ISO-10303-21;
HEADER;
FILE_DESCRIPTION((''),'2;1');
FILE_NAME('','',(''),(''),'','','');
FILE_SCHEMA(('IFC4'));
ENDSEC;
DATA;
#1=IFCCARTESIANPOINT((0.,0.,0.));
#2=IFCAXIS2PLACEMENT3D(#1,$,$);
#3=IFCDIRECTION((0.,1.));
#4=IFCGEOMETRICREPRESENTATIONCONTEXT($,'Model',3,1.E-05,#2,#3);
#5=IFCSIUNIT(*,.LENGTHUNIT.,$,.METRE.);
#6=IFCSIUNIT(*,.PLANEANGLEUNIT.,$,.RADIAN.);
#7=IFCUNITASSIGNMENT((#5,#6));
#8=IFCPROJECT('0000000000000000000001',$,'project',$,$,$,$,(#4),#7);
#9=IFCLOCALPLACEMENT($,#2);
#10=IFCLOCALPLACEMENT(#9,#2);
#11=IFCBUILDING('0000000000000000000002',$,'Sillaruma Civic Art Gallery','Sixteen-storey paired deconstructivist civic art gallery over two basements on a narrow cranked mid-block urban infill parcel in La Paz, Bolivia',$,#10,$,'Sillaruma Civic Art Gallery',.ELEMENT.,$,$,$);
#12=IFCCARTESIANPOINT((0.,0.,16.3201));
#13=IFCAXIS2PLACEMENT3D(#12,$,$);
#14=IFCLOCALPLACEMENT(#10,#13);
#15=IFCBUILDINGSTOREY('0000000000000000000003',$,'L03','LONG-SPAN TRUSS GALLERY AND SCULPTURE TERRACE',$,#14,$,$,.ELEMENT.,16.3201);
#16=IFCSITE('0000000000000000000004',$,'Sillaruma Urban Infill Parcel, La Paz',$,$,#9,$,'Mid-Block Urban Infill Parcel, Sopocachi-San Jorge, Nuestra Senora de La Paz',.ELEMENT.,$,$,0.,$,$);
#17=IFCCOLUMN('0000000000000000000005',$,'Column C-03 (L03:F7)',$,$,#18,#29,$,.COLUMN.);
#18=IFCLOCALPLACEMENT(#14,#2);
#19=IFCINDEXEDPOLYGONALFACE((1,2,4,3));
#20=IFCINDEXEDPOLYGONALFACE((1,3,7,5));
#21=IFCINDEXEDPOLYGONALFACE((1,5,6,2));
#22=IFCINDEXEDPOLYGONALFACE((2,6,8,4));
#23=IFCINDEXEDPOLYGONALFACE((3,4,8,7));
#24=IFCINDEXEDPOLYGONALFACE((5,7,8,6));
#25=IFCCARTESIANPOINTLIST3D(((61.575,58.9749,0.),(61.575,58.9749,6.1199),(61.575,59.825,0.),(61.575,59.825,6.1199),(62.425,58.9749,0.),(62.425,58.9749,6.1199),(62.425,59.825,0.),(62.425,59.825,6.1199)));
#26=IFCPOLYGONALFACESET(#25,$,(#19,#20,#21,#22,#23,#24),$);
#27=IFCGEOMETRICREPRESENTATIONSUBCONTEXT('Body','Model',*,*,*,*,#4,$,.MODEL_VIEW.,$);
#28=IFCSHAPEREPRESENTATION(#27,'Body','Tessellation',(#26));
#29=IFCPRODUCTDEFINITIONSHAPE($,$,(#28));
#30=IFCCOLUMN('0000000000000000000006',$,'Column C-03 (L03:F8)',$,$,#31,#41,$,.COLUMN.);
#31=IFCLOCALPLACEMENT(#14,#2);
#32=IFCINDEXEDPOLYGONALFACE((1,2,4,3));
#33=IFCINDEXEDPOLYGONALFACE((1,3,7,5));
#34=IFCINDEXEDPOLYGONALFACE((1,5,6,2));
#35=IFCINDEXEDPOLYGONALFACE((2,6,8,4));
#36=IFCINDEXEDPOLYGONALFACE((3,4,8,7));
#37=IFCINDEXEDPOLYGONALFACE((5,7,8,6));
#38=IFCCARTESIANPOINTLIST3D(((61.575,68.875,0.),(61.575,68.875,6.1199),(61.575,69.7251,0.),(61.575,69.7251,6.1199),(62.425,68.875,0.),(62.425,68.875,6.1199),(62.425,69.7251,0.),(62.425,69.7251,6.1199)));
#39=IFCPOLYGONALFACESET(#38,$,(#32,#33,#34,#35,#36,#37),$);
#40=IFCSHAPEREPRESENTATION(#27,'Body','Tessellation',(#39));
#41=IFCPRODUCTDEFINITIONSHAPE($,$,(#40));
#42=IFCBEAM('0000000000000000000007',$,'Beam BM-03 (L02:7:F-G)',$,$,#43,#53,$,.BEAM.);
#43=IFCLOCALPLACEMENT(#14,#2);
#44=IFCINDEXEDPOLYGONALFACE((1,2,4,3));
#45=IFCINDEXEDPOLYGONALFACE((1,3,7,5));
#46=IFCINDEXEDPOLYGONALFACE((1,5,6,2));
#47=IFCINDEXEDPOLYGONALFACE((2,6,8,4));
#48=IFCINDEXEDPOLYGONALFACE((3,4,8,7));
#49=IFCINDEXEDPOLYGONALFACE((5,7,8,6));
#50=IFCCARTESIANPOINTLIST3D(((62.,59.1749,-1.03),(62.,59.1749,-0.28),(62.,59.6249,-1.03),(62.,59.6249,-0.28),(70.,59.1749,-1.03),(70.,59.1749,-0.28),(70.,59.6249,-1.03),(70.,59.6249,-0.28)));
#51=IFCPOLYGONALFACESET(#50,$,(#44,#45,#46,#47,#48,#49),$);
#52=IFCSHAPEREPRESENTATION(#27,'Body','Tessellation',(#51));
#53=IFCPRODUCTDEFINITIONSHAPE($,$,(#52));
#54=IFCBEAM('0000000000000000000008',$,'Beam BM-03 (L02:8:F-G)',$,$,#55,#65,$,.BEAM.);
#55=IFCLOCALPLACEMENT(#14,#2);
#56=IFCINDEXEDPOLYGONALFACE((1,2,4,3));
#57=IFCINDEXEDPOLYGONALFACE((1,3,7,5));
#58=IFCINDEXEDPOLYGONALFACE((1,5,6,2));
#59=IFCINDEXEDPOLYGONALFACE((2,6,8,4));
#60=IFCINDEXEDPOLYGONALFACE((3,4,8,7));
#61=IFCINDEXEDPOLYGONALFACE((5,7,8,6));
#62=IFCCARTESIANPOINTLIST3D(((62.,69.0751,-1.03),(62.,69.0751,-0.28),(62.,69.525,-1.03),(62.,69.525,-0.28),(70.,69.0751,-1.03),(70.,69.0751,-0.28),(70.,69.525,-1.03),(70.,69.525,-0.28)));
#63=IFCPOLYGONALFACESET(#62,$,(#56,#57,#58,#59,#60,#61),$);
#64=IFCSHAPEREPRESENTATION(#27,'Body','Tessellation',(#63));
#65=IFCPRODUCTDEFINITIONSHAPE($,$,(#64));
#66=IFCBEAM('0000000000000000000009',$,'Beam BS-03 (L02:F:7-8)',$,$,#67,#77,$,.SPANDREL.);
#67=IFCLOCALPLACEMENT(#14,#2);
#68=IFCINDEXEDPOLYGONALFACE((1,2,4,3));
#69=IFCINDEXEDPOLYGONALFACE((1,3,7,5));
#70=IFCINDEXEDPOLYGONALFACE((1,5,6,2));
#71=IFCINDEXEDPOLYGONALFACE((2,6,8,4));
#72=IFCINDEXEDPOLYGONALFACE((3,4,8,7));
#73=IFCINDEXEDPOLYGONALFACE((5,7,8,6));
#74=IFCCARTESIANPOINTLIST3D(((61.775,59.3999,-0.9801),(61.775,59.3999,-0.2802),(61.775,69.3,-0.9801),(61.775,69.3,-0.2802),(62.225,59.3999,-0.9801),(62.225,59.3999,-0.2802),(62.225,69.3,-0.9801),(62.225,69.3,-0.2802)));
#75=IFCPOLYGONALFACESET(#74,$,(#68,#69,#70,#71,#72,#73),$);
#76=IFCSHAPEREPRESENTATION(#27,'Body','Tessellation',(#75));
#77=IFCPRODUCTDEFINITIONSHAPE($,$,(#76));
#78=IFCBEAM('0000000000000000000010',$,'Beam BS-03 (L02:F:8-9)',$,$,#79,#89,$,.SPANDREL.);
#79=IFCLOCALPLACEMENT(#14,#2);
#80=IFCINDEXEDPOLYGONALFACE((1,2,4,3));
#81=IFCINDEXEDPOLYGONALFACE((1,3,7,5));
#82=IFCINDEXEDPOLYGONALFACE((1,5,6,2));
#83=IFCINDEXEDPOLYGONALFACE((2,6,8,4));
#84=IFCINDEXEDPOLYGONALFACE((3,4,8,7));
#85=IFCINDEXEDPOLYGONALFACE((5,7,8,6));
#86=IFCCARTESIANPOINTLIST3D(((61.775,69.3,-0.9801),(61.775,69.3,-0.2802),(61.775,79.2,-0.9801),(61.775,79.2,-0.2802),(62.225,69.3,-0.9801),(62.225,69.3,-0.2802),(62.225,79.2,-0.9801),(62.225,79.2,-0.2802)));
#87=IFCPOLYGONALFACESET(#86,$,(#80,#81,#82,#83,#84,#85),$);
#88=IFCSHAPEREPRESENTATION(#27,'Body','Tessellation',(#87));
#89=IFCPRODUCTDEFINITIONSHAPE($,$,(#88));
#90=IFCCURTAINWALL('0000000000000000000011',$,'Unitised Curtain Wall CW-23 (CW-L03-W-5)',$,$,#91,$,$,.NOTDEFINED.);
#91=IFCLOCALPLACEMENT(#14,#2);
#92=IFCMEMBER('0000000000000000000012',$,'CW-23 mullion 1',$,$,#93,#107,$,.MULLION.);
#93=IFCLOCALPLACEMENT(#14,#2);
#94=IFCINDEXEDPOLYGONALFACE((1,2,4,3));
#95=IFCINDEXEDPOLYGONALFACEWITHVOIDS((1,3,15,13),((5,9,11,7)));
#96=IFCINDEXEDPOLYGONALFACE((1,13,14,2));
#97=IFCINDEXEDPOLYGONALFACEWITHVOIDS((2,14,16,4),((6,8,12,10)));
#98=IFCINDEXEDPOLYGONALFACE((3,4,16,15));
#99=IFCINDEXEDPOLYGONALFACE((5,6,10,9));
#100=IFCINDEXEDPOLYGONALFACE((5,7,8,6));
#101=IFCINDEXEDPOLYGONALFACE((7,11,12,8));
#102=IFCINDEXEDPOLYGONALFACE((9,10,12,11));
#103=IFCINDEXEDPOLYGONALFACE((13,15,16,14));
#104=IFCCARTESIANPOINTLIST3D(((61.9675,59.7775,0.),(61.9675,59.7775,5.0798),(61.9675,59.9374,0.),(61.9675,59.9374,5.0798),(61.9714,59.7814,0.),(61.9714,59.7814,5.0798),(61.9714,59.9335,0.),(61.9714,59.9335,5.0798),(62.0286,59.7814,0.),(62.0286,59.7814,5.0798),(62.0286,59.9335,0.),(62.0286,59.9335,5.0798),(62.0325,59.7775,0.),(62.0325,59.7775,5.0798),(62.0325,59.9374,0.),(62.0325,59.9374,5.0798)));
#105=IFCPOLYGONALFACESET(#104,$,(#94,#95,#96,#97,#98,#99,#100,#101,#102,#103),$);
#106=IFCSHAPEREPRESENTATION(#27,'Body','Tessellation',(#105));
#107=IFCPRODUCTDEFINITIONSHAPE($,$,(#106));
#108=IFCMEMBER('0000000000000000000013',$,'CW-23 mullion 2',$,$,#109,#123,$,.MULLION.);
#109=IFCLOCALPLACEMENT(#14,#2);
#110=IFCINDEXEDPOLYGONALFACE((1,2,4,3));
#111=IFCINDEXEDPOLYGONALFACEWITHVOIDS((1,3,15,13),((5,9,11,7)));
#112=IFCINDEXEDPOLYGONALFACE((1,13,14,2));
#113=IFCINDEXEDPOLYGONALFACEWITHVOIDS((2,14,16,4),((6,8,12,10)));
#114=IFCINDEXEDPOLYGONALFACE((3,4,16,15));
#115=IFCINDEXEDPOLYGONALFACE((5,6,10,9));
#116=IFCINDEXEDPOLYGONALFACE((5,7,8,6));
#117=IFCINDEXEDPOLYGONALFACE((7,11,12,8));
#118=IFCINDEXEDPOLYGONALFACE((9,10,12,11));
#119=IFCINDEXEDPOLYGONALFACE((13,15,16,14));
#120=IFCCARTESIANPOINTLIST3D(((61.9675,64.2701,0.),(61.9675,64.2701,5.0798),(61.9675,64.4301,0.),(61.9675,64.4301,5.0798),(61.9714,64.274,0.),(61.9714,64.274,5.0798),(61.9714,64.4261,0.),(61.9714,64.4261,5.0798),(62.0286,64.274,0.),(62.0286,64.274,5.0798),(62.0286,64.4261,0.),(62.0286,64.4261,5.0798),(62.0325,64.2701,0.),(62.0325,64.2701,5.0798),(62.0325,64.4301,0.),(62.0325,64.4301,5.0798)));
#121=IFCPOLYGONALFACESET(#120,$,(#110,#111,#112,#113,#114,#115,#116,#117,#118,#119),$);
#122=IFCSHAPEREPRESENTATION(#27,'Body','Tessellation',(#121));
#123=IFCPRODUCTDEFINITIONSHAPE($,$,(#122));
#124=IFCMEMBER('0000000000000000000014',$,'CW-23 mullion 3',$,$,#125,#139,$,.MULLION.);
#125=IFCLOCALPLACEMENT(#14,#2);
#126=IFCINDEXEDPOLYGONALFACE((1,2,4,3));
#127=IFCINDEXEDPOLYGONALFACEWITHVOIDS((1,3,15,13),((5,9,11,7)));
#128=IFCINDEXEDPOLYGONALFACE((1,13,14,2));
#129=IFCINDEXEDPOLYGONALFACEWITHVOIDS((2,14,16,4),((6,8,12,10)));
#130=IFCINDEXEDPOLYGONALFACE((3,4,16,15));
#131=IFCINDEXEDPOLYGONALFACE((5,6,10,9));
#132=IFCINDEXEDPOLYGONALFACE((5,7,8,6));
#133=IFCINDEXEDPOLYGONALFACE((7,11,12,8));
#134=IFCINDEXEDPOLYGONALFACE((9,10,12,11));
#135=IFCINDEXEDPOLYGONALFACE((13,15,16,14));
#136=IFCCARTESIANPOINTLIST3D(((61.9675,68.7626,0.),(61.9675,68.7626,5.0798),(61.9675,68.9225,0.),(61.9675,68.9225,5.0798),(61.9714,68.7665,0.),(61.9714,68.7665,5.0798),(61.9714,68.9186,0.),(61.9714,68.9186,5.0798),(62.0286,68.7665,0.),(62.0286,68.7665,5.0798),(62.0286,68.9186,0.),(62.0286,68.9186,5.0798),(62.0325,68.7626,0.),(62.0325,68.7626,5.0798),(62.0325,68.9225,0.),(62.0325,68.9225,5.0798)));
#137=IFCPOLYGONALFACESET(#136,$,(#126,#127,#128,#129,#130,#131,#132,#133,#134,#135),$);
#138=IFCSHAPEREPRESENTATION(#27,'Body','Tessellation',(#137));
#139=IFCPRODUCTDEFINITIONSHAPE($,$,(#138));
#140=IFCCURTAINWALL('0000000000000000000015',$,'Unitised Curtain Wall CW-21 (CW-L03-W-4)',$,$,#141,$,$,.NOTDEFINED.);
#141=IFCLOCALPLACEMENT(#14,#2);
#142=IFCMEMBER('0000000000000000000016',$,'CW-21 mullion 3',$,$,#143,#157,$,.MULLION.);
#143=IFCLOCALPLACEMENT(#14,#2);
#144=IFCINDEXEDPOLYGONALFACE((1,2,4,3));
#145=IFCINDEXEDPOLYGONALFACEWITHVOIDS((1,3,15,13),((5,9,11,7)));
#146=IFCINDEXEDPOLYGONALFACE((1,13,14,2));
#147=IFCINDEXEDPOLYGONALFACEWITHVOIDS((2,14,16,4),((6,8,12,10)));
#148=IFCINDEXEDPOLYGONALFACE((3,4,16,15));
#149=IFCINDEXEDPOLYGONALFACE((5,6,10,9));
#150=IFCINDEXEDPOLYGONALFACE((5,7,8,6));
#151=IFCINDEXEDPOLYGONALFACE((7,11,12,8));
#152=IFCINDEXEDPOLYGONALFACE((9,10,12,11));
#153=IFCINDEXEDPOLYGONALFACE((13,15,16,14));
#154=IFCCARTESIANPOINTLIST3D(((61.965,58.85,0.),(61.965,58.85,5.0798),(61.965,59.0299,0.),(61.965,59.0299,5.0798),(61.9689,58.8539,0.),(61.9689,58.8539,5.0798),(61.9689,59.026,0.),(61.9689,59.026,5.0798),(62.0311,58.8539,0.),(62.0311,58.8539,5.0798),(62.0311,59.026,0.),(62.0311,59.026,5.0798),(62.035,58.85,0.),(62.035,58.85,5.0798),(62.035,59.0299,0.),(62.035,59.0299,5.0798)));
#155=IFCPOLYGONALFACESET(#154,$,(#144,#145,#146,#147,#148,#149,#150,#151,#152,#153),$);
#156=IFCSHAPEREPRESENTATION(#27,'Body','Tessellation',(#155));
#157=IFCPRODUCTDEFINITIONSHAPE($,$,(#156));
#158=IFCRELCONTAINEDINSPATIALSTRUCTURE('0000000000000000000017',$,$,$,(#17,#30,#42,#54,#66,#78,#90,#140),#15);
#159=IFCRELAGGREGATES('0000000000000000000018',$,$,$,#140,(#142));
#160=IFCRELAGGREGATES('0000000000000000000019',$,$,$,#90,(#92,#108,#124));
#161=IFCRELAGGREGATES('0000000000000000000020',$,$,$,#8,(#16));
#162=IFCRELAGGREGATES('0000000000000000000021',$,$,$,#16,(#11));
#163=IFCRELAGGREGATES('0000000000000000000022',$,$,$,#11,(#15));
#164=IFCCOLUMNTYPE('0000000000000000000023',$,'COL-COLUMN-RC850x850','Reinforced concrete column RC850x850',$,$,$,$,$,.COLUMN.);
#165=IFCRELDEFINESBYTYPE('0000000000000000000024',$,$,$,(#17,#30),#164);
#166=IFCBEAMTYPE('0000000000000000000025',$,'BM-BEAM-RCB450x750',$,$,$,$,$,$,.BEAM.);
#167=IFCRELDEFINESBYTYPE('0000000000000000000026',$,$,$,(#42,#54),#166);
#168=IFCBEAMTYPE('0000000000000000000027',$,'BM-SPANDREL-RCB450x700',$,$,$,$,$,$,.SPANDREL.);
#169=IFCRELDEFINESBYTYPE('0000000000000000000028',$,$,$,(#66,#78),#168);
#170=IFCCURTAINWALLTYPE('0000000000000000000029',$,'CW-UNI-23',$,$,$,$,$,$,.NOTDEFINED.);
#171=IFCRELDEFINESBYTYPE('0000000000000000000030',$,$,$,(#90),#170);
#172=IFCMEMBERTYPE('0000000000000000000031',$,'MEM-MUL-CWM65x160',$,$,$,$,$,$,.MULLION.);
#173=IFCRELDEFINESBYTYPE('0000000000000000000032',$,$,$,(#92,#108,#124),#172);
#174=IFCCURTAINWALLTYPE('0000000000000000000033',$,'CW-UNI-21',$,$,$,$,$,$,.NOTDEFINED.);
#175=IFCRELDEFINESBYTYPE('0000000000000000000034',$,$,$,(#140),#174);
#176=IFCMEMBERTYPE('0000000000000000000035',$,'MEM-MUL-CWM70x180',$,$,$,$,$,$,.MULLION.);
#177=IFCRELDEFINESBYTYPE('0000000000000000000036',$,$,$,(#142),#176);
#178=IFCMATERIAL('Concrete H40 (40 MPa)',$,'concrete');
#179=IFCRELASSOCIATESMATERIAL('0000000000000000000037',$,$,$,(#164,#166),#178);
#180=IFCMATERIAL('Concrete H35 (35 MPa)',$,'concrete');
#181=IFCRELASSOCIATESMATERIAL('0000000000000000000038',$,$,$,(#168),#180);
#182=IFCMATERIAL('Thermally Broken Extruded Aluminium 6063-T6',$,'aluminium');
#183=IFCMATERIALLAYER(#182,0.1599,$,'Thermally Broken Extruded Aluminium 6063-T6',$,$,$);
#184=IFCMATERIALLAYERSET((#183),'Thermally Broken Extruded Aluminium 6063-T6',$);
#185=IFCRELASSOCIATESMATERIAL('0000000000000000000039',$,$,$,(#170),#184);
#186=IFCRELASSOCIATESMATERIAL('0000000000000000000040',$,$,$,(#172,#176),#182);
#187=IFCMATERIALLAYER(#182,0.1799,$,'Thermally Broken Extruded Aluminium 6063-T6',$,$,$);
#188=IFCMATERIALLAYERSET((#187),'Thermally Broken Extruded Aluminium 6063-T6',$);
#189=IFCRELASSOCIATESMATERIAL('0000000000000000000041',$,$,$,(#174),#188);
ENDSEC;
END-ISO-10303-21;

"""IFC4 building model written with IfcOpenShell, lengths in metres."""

from ifc_helpers import new_model, si_unit, direction, frame, origin, origin_2d, place, context, subcontext, project, spatial, rectangle, hollow_rectangle, extrude, material, layer, layer_set, material_profile, profile_set, type_object, element, aggregate, save


model = new_model("IFC4")

# Units and contexts
model_context = context("Model", 3, precision=1e-05, world=origin(), true_north=direction((0.0, 1.0)))
body_context = subcontext(model_context, "Body", "Model", "MODEL_VIEW")
ifc_project = project(units=[si_unit("LENGTHUNIT", "METRE"), si_unit("PLANEANGLEUNIT", "RADIAN")], contexts=[model_context])

# Site, building, storey
site_placement = place(None, origin())
site = spatial("IfcSite", under=ifc_project, at=site_placement, Name="Sillaruma Urban Infill Parcel, La Paz", LongName="Mid-Block Urban Infill Parcel, Sopocachi-San Jorge, Nuestra Senora de La Paz", CompositionType="ELEMENT", RefElevation=0.0)
building_placement = place(site_placement, origin())
building = spatial("IfcBuilding", under=site, at=building_placement, Name="Sillaruma Civic Art Gallery", Description="Sixteen-storey paired deconstructivist civic art gallery over two basements on a narrow cranked mid-block urban infill parcel in La Paz, Bolivia", LongName="Sillaruma Civic Art Gallery", CompositionType="ELEMENT")
storey_placement = place(building_placement, frame((0.0, 0.0, 16.3201)))
storey = spatial("IfcBuildingStorey", under=building, at=storey_placement, Name="L03", Description="LONG-SPAN TRUSS GALLERY AND SCULPTURE TERRACE", CompositionType="ELEMENT", Elevation=16.3201)

# Columns
ifc_material_1 = material(Name="Concrete H40 (40 MPa)", Category="concrete")
ifc_material_profile_1 = material_profile(ifc_material_1, rectangle(XDim=0.8501, YDim=0.8501, at=origin_2d()), Name="RC850x850")
ifc_profile_set_1 = profile_set([ifc_material_profile_1], Name="Concrete H40 (40 MPa)")
column_type = type_object("IfcColumnType", Name="COL-COLUMN-RC850x850", Description="Reinforced concrete column RC850x850", PredefinedType="COLUMN", material=ifc_profile_set_1)
for number, where, z_axis, x_axis, name in (
    (1, (62.0, 59.3999, 0.0), (0.0, 0.0, 1.0), (1.0, 0.0, 0.0), "Column C-03 (L03:F7)"),
    (2, (62.0, 69.3, 0.0), (0.0, 0.0, 1.0), (1.0, 0.0, 0.0), "Column C-03 (L03:F8)"),
):
    element("IfcColumn", number, at=place(storey_placement, frame(where, z_axis=z_axis, x_axis=x_axis)), inside=storey, type_object=column_type, Name=name, PredefinedType="COLUMN", context=body_context, shape_type="SweptSolid", body=[
        extrude(rectangle(XDim=0.8501, YDim=0.8501, at=origin_2d()), origin(), (0.0, 0.0, 1.0), 6.1199),
    ])

# Beams
ifc_material_profile_2 = material_profile(ifc_material_1, rectangle(XDim=0.45, YDim=0.75, at=origin_2d()), Name="RCB450x750")
ifc_profile_set_2 = profile_set([ifc_material_profile_2], Name="Concrete H40 (40 MPa)")
beam_type_1 = type_object("IfcBeamType", Name="BM-BEAM-RCB450x750", PredefinedType="BEAM", material=ifc_profile_set_2)
for number, where, z_axis, x_axis, name in (
    (3, (62.0, 59.3999, -0.655), (1.0, 0.0, 0.0), (0.0, 1.0, 0.0), "Beam BM-03 (L02:7:F-G)"),
    (4, (62.0, 69.3, -0.655), (1.0, 0.0, 0.0), (0.0, 1.0, 0.0), "Beam BM-03 (L02:8:F-G)"),
):
    element("IfcBeam", number, at=place(storey_placement, frame(where, z_axis=z_axis, x_axis=x_axis)), inside=storey, type_object=beam_type_1, Name=name, PredefinedType="BEAM", context=body_context, shape_type="SweptSolid", body=[
        extrude(rectangle(XDim=0.45, YDim=0.75, at=origin_2d()), origin(), (0.0, 0.0, 1.0), 8.0),
    ])
ifc_material_2 = material(Name="Concrete H35 (35 MPa)", Category="concrete")
ifc_material_profile_3 = material_profile(ifc_material_2, rectangle(XDim=0.45, YDim=0.7, at=origin_2d()), Name="RCB450x700")
ifc_profile_set_3 = profile_set([ifc_material_profile_3], Name="Concrete H35 (35 MPa)")
beam_type_2 = type_object("IfcBeamType", Name="BM-SPANDREL-RCB450x700", PredefinedType="SPANDREL", material=ifc_profile_set_3)
beam_1_placement = place(storey_placement, frame((62.0, 59.3999, -0.6301), z_axis=(0.0, 1.0, 0.0), x_axis=(-1.0, 0.0, 0.0)))
element("IfcBeam", 5, at=beam_1_placement, inside=storey, type_object=beam_type_2, Name="Beam BS-03 (L02:F:7-8)", PredefinedType="SPANDREL", context=body_context, shape_type="SweptSolid", body=[
    extrude(rectangle(XDim=0.45, YDim=0.7, at=origin_2d()), origin(), (0.0, 0.0, 1.0), 9.9001),
])
beam_2_placement = place(storey_placement, frame((62.0, 69.3, -0.6301), z_axis=(0.0, 1.0, 0.0), x_axis=(-1.0, 0.0, 0.0)))
element("IfcBeam", 6, at=beam_2_placement, inside=storey, type_object=beam_type_2, Name="Beam BS-03 (L02:F:8-9)", PredefinedType="SPANDREL", context=body_context, shape_type="SweptSolid", body=[
    extrude(rectangle(XDim=0.45, YDim=0.7, at=origin_2d()), origin(), (0.0, 0.0, 1.0), 9.8999),
])

# Curtain wall, members
ifc_material_3 = material(Name="Thermally Broken Extruded Aluminium 6063-T6", Category="aluminium")
ifc_layer_1 = layer(ifc_material_3, 0.1599, Name="Thermally Broken Extruded Aluminium 6063-T6")
ifc_layer_set_1 = layer_set([ifc_layer_1], Name="Thermally Broken Extruded Aluminium 6063-T6")
curtain_wall_type_1 = type_object("IfcCurtainWallType", Name="CW-UNI-23", PredefinedType="NOTDEFINED", material=ifc_layer_set_1)
curtain_wall_1_placement = place(storey_placement, origin())
curtain_wall_1 = element("IfcCurtainWall", 7, at=curtain_wall_1_placement, inside=storey, type_object=curtain_wall_type_1, Name="Unitised Curtain Wall CW-23 (CW-L03-W-5)", PredefinedType="NOTDEFINED")
ifc_material_profile_4 = material_profile(ifc_material_3, hollow_rectangle(XDim=0.0649, YDim=0.1599, WallThickness=0.0039, at=origin_2d()), Name="CWM65x160")
ifc_profile_set_4 = profile_set([ifc_material_profile_4], Name="Thermally Broken Extruded Aluminium 6063-T6")
member_type_1 = type_object("IfcMemberType", Name="MEM-MUL-CWM65x160", PredefinedType="MULLION", material=ifc_profile_set_4)
member_1_placement = place(storey_placement, frame((62.0, 59.8574, 0.0), z_axis=(0.0, 0.0, 1.0), x_axis=(-1.0, 0.0, 0.0)))
member_1 = element("IfcMember", 8, at=member_1_placement, type_object=member_type_1, Name="CW-23 mullion 1", PredefinedType="MULLION", context=body_context, shape_type="SweptSolid", body=[
    extrude(hollow_rectangle(XDim=0.0649, YDim=0.1599, WallThickness=0.0039, at=origin_2d()), origin(), (0.0, 0.0, 1.0), 5.0798),
])
member_2_placement = place(storey_placement, frame((62.0, 64.3501, 0.0), z_axis=(0.0, 0.0, 1.0), x_axis=(-1.0, 0.0, 0.0)))
member_2 = element("IfcMember", 9, at=member_2_placement, type_object=member_type_1, Name="CW-23 mullion 2", PredefinedType="MULLION", context=body_context, shape_type="SweptSolid", body=[
    extrude(hollow_rectangle(XDim=0.0649, YDim=0.1599, WallThickness=0.0039, at=origin_2d()), origin(), (0.0, 0.0, 1.0), 5.0798),
])
member_3_placement = place(storey_placement, frame((62.0, 68.8425, 0.0), z_axis=(0.0, 0.0, 1.0), x_axis=(-1.0, 0.0, 0.0)))
member_3 = element("IfcMember", 10, at=member_3_placement, type_object=member_type_1, Name="CW-23 mullion 3", PredefinedType="MULLION", context=body_context, shape_type="SweptSolid", body=[
    extrude(hollow_rectangle(XDim=0.0649, YDim=0.1599, WallThickness=0.0039, at=origin_2d()), origin(), (0.0, 0.0, 1.0), 5.0798),
])

# Curtain wall, member
ifc_layer_2 = layer(ifc_material_3, 0.1799, Name="Thermally Broken Extruded Aluminium 6063-T6")
ifc_layer_set_2 = layer_set([ifc_layer_2], Name="Thermally Broken Extruded Aluminium 6063-T6")
curtain_wall_type_2 = type_object("IfcCurtainWallType", Name="CW-UNI-21", PredefinedType="NOTDEFINED", material=ifc_layer_set_2)
curtain_wall_2_placement = place(storey_placement, origin())
curtain_wall_2 = element("IfcCurtainWall", 11, at=curtain_wall_2_placement, inside=storey, type_object=curtain_wall_type_2, Name="Unitised Curtain Wall CW-21 (CW-L03-W-4)", PredefinedType="NOTDEFINED")
ifc_material_profile_5 = material_profile(ifc_material_3, hollow_rectangle(XDim=0.0701, YDim=0.1799, WallThickness=0.0039, at=origin_2d()), Name="CWM70x180")
ifc_profile_set_5 = profile_set([ifc_material_profile_5], Name="Thermally Broken Extruded Aluminium 6063-T6")
member_type_2 = type_object("IfcMemberType", Name="MEM-MUL-CWM70x180", PredefinedType="MULLION", material=ifc_profile_set_5)
member_4_placement = place(storey_placement, frame((62.0, 58.9399, 0.0), z_axis=(0.0, 0.0, 1.0), x_axis=(-1.0, 0.0, 0.0)))
member_4 = element("IfcMember", 12, at=member_4_placement, type_object=member_type_2, Name="CW-21 mullion 3", PredefinedType="MULLION", context=body_context, shape_type="SweptSolid", body=[
    extrude(hollow_rectangle(XDim=0.0701, YDim=0.1799, WallThickness=0.0039, at=origin_2d()), origin(), (0.0, 0.0, 1.0), 5.0798),
])
aggregate(curtain_wall_2, [member_4])

aggregate(curtain_wall_1, [member_1, member_2, member_3])

save(model, "model.ifc")
